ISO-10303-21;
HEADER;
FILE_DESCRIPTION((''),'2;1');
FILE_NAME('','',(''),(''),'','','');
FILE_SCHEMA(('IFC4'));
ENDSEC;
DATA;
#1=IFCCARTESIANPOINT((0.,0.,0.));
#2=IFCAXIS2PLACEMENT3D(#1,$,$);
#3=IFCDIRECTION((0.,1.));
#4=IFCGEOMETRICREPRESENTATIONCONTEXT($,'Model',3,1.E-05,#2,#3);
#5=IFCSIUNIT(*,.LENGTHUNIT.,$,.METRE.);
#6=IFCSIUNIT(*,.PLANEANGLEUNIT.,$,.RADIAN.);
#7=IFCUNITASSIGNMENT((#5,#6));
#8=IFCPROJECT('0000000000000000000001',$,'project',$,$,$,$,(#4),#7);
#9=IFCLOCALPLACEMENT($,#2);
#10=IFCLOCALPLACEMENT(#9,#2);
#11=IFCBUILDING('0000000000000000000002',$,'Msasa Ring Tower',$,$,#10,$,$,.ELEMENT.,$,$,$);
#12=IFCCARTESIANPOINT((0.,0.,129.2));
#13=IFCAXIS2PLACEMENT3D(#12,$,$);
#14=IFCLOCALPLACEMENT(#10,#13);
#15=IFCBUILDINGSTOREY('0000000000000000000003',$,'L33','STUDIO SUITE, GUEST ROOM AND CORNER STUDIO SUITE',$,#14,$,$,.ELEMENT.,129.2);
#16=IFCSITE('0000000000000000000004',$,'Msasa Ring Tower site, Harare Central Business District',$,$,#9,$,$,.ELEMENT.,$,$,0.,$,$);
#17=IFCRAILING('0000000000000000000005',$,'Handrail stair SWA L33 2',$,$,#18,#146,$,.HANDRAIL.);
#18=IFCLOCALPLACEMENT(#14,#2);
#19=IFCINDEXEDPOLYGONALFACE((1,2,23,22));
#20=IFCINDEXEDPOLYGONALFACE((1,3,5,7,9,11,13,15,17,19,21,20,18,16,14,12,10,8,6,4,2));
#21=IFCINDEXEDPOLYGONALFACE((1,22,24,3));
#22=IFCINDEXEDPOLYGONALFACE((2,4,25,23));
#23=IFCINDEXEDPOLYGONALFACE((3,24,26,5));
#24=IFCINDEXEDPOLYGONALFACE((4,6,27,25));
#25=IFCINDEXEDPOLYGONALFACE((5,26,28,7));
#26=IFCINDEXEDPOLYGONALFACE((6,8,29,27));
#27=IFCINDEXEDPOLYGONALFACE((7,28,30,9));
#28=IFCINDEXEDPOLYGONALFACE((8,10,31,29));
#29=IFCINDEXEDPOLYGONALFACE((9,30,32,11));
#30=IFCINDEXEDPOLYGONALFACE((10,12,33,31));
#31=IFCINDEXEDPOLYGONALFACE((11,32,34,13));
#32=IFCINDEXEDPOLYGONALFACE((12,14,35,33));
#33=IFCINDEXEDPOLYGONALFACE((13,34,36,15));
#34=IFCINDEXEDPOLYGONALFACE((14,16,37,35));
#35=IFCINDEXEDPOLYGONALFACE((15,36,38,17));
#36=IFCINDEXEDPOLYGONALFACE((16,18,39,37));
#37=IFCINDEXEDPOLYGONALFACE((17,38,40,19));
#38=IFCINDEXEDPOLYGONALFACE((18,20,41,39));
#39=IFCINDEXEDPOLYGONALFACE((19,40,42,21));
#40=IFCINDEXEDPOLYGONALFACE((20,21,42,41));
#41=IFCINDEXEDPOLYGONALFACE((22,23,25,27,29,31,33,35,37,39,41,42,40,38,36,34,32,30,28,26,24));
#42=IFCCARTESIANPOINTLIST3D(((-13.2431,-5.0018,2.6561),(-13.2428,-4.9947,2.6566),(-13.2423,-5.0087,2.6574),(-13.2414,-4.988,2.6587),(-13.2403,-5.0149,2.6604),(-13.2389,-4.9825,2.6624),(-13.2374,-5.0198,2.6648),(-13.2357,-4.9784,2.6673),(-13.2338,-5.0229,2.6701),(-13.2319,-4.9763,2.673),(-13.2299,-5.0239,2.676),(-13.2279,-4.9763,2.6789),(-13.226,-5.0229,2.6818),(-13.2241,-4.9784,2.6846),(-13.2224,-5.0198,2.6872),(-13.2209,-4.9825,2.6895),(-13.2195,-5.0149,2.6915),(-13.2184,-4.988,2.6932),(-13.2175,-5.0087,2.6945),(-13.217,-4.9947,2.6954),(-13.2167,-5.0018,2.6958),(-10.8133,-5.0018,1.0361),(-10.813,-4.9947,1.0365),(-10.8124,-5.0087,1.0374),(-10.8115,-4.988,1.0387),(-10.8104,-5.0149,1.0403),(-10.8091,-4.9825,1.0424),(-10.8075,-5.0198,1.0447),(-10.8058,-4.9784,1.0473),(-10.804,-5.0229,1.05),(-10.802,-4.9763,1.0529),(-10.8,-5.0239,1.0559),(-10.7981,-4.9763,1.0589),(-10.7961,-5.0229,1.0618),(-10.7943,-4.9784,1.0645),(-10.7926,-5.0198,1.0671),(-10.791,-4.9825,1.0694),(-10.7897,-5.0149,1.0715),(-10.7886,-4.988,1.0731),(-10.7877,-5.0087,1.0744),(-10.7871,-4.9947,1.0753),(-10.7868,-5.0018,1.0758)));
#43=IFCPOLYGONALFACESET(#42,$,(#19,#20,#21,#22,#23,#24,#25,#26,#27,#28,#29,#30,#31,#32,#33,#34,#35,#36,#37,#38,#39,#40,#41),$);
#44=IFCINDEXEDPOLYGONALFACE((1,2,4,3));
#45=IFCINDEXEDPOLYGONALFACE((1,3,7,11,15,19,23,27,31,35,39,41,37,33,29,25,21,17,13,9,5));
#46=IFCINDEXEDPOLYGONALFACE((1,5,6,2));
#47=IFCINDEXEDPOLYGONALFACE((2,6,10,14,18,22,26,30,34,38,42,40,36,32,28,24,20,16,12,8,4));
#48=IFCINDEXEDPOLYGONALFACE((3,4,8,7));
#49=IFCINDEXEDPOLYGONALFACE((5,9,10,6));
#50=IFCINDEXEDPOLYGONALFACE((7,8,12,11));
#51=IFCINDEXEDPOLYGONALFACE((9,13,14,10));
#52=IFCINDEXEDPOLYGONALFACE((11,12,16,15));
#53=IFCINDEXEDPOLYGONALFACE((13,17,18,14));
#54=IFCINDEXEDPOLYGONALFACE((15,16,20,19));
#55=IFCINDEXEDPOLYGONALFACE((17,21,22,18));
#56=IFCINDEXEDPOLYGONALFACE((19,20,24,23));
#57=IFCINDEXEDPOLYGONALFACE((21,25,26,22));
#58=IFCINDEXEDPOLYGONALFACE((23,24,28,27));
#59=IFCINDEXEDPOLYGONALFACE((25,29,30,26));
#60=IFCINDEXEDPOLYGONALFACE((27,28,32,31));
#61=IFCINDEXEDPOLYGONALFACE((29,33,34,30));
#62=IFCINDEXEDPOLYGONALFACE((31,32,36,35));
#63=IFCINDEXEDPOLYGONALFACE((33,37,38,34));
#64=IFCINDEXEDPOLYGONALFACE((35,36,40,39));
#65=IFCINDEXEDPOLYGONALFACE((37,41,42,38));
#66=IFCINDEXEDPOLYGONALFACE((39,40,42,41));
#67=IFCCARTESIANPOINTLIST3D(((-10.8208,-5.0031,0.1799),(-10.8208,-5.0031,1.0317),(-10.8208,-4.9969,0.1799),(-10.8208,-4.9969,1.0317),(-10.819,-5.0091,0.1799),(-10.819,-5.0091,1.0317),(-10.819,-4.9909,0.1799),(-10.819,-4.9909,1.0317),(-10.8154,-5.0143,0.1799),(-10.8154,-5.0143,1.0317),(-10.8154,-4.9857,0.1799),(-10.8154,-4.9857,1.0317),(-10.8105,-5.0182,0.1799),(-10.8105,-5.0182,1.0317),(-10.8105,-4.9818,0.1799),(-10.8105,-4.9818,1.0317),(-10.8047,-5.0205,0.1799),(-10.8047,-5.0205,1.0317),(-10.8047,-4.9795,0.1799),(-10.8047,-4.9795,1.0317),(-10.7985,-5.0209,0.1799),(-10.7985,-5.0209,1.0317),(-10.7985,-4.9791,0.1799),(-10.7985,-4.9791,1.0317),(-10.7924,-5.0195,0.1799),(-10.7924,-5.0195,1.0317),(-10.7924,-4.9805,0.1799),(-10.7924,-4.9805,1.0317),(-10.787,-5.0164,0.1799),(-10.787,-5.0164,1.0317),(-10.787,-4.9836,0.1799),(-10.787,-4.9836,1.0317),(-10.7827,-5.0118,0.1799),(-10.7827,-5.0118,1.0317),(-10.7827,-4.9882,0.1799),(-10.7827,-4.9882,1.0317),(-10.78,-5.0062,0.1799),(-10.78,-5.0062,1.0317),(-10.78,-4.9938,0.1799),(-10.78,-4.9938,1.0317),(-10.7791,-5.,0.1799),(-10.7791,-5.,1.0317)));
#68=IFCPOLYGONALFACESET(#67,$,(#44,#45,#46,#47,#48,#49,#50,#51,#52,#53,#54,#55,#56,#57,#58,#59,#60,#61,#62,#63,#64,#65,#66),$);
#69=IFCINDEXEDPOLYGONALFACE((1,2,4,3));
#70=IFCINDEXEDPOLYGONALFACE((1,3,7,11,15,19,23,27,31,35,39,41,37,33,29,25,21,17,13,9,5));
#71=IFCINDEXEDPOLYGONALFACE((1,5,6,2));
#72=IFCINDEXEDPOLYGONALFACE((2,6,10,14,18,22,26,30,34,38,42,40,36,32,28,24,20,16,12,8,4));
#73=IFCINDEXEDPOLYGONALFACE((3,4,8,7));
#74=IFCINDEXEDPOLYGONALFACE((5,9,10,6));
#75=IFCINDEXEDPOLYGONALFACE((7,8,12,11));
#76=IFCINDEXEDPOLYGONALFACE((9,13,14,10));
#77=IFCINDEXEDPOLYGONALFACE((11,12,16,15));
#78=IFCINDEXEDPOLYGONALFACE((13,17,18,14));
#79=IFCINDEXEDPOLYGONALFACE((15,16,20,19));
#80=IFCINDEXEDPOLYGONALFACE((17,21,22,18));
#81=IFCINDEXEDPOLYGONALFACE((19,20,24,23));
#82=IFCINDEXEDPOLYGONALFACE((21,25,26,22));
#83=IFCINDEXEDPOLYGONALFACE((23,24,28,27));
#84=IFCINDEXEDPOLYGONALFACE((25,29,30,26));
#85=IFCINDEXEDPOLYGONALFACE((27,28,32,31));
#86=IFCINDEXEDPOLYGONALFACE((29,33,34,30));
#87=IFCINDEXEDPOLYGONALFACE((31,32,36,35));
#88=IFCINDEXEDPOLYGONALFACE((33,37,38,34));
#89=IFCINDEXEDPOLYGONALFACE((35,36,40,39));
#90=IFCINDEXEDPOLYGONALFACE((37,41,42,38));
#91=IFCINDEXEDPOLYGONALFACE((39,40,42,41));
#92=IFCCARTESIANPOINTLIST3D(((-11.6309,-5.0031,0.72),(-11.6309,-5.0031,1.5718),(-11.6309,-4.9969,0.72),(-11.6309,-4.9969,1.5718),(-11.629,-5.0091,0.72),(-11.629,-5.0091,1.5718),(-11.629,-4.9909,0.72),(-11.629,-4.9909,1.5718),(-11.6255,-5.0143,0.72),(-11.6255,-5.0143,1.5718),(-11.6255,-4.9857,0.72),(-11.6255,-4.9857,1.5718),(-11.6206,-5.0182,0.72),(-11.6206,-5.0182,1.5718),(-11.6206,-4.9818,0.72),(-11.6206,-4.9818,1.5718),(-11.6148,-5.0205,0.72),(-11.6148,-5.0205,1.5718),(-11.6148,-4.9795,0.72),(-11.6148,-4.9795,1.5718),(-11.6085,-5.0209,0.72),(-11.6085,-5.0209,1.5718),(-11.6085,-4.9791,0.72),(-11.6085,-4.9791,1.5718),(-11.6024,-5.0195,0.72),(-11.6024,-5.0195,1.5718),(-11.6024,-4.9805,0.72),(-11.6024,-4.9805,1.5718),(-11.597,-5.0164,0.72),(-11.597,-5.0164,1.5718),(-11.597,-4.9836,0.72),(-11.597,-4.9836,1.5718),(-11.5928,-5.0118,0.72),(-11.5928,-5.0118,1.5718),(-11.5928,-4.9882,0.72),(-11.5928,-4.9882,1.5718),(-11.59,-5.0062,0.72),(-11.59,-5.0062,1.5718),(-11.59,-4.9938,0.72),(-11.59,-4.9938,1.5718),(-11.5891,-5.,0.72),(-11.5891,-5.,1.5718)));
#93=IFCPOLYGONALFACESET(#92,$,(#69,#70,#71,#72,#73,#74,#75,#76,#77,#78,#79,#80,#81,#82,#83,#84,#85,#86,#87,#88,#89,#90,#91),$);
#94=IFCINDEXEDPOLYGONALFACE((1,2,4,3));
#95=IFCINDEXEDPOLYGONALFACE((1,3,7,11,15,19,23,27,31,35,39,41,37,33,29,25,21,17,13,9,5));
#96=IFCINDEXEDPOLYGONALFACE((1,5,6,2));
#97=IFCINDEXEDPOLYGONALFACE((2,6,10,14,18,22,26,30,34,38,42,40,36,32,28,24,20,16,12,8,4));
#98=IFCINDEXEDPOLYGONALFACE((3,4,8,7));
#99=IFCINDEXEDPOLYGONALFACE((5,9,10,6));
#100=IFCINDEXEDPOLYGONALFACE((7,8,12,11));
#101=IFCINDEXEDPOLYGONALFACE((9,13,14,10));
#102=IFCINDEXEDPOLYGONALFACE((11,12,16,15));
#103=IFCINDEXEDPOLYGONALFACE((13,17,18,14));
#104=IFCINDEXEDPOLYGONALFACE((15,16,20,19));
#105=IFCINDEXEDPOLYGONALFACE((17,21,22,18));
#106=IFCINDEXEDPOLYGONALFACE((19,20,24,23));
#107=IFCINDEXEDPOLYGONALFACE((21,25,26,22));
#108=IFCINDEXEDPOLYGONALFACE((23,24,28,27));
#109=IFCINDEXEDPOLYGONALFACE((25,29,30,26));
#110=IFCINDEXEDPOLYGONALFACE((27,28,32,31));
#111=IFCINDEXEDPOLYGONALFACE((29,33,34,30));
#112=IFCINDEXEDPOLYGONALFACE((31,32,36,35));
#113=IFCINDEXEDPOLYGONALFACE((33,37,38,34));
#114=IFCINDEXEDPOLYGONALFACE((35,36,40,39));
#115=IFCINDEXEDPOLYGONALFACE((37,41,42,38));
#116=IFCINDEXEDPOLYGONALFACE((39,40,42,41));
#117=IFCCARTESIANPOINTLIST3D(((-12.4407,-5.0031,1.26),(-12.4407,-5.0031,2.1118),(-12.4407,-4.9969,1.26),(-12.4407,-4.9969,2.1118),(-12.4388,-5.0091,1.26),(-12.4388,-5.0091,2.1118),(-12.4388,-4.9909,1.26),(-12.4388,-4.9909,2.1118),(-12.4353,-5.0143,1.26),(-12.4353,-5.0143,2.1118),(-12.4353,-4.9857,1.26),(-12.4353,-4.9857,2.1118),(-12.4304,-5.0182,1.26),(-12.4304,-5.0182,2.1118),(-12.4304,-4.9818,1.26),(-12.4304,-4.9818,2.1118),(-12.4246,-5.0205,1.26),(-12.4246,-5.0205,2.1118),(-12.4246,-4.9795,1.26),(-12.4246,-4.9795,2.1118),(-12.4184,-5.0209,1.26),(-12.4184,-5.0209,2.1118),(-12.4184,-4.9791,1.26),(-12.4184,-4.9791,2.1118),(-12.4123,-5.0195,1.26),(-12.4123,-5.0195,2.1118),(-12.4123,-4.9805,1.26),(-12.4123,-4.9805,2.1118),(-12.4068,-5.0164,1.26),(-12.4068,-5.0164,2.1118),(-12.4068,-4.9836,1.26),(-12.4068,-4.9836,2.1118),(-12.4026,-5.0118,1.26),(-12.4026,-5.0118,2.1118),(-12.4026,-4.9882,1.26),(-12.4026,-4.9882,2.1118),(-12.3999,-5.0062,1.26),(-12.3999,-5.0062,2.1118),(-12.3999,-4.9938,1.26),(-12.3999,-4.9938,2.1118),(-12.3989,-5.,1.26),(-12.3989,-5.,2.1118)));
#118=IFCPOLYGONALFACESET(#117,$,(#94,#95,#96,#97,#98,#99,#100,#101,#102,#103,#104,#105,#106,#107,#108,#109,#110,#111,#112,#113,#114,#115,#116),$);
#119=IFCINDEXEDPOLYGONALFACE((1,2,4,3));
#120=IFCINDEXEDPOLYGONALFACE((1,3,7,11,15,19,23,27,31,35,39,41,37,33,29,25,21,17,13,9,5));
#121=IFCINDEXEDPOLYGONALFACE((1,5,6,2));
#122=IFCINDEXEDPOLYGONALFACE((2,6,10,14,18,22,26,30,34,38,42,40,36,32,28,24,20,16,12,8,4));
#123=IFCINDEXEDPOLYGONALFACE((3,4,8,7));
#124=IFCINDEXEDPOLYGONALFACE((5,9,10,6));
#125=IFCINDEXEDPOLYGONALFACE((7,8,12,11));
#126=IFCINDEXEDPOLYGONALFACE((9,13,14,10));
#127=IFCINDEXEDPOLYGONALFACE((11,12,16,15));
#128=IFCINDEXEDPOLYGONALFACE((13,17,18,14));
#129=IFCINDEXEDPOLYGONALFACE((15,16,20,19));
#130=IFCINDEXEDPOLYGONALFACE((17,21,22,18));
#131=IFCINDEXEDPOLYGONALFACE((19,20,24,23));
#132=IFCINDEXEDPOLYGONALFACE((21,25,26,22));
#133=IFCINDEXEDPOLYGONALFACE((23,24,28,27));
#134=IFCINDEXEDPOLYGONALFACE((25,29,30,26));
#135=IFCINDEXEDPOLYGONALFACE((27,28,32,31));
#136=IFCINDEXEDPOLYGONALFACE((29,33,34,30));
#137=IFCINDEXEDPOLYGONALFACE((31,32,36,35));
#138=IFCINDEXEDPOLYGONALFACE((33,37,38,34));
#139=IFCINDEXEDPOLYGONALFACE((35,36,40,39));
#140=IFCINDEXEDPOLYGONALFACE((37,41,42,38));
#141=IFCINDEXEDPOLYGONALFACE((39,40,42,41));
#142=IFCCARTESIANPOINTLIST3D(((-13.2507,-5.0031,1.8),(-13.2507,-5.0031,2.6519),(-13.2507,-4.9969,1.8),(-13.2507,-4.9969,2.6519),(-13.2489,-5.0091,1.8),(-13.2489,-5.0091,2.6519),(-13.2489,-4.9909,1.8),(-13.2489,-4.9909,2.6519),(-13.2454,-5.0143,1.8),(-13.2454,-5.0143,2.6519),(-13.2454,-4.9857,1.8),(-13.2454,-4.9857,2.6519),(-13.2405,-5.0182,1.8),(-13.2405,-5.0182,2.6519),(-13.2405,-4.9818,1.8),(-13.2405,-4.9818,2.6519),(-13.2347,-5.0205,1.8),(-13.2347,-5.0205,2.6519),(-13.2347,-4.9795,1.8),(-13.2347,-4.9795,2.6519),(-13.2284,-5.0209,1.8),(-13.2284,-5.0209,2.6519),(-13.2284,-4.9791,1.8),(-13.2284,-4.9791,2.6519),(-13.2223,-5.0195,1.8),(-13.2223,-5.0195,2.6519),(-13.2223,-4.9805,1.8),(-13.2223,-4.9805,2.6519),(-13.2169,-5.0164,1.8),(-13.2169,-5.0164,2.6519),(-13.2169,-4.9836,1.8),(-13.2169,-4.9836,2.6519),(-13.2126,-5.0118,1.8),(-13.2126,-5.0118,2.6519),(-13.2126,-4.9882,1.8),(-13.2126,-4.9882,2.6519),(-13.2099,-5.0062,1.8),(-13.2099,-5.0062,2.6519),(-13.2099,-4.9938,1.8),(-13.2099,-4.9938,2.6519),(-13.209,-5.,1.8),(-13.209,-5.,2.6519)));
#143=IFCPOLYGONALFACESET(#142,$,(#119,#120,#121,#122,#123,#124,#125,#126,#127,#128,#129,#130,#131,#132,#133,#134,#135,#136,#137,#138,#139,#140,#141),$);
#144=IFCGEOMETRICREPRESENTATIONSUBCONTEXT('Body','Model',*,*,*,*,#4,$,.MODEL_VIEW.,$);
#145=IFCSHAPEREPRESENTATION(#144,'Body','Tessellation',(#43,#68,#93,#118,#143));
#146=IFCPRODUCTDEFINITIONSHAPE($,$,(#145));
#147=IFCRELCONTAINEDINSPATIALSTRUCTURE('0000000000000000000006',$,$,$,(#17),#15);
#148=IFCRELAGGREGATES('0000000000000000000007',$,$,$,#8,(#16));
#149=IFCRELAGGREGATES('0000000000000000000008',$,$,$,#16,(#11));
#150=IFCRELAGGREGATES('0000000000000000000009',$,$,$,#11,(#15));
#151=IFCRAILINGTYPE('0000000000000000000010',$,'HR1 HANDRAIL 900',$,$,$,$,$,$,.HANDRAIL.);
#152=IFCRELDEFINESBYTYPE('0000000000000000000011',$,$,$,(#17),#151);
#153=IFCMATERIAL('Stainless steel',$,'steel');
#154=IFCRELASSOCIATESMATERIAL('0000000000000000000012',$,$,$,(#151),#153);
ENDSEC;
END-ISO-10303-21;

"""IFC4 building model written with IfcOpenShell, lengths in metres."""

from ifc_helpers import new_model, si_unit, direction, frame, origin, origin_2d, place, context, subcontext, project, spatial, circle, extrude, material, type_object, element, save


model = new_model("IFC4")

# Units and contexts
model_context = context("Model", 3, precision=1e-05, world=origin(), true_north=direction((0.0, 1.0)))
body_context = subcontext(model_context, "Body", "Model", "MODEL_VIEW")
ifc_project = project(units=[si_unit("LENGTHUNIT", "METRE"), si_unit("PLANEANGLEUNIT", "RADIAN")], contexts=[model_context])

# Site, building, storey
site_placement = place(None, origin())
site = spatial("IfcSite", under=ifc_project, at=site_placement, Name="Msasa Ring Tower site, Harare Central Business District", CompositionType="ELEMENT", RefElevation=0.0)
building_placement = place(site_placement, origin())
building = spatial("IfcBuilding", under=site, at=building_placement, Name="Msasa Ring Tower", CompositionType="ELEMENT")
storey_placement = place(building_placement, frame((0.0, 0.0, 129.2)))
storey = spatial("IfcBuildingStorey", under=building, at=storey_placement, Name="L33", Description="STUDIO SUITE, GUEST ROOM AND CORNER STUDIO SUITE", CompositionType="ELEMENT", Elevation=129.2)

# Railing
ifc_material_1 = material(Name="Stainless steel", Category="steel")
railing_type = type_object("IfcRailingType", Name="HR1 HANDRAIL 900", PredefinedType="HANDRAIL", material=ifc_material_1)
for number, where, name in (
    (1, (-10.8, -5.0, 0.1799), "Handrail stair SWA L33 2"),
):
    element("IfcRailing", number, at=place(storey_placement, frame(where)), inside=storey, type_object=railing_type, Name=name, PredefinedType="HANDRAIL", context=body_context, shape_type="SweptSolid", body=[
        extrude(circle(Radius=0.0239, at=origin_2d()), frame((0.0, 0.0, 0.876), z_axis=(-0.832025, 0.0, 0.554739), x_axis=(0.0, -1.0, 0.0)), (0.0, 0.0, 1.0), 2.9204),
        extrude(circle(Radius=0.021, at=origin_2d()), origin(), (0.0, 0.0, 1.0), 0.8518),
        extrude(circle(Radius=0.021, at=origin_2d()), frame((-0.8101, 0.0, 0.54)), (0.0, 0.0, 1.0), 0.8518),
        extrude(circle(Radius=0.021, at=origin_2d()), frame((-1.6199, 0.0, 1.0801)), (0.0, 0.0, 1.0), 0.8518),
        extrude(circle(Radius=0.021, at=origin_2d()), frame((-2.4299, 0.0, 1.6201)), (0.0, 0.0, 1.0), 0.8518),
    ])

save(model, "model.ifc")
